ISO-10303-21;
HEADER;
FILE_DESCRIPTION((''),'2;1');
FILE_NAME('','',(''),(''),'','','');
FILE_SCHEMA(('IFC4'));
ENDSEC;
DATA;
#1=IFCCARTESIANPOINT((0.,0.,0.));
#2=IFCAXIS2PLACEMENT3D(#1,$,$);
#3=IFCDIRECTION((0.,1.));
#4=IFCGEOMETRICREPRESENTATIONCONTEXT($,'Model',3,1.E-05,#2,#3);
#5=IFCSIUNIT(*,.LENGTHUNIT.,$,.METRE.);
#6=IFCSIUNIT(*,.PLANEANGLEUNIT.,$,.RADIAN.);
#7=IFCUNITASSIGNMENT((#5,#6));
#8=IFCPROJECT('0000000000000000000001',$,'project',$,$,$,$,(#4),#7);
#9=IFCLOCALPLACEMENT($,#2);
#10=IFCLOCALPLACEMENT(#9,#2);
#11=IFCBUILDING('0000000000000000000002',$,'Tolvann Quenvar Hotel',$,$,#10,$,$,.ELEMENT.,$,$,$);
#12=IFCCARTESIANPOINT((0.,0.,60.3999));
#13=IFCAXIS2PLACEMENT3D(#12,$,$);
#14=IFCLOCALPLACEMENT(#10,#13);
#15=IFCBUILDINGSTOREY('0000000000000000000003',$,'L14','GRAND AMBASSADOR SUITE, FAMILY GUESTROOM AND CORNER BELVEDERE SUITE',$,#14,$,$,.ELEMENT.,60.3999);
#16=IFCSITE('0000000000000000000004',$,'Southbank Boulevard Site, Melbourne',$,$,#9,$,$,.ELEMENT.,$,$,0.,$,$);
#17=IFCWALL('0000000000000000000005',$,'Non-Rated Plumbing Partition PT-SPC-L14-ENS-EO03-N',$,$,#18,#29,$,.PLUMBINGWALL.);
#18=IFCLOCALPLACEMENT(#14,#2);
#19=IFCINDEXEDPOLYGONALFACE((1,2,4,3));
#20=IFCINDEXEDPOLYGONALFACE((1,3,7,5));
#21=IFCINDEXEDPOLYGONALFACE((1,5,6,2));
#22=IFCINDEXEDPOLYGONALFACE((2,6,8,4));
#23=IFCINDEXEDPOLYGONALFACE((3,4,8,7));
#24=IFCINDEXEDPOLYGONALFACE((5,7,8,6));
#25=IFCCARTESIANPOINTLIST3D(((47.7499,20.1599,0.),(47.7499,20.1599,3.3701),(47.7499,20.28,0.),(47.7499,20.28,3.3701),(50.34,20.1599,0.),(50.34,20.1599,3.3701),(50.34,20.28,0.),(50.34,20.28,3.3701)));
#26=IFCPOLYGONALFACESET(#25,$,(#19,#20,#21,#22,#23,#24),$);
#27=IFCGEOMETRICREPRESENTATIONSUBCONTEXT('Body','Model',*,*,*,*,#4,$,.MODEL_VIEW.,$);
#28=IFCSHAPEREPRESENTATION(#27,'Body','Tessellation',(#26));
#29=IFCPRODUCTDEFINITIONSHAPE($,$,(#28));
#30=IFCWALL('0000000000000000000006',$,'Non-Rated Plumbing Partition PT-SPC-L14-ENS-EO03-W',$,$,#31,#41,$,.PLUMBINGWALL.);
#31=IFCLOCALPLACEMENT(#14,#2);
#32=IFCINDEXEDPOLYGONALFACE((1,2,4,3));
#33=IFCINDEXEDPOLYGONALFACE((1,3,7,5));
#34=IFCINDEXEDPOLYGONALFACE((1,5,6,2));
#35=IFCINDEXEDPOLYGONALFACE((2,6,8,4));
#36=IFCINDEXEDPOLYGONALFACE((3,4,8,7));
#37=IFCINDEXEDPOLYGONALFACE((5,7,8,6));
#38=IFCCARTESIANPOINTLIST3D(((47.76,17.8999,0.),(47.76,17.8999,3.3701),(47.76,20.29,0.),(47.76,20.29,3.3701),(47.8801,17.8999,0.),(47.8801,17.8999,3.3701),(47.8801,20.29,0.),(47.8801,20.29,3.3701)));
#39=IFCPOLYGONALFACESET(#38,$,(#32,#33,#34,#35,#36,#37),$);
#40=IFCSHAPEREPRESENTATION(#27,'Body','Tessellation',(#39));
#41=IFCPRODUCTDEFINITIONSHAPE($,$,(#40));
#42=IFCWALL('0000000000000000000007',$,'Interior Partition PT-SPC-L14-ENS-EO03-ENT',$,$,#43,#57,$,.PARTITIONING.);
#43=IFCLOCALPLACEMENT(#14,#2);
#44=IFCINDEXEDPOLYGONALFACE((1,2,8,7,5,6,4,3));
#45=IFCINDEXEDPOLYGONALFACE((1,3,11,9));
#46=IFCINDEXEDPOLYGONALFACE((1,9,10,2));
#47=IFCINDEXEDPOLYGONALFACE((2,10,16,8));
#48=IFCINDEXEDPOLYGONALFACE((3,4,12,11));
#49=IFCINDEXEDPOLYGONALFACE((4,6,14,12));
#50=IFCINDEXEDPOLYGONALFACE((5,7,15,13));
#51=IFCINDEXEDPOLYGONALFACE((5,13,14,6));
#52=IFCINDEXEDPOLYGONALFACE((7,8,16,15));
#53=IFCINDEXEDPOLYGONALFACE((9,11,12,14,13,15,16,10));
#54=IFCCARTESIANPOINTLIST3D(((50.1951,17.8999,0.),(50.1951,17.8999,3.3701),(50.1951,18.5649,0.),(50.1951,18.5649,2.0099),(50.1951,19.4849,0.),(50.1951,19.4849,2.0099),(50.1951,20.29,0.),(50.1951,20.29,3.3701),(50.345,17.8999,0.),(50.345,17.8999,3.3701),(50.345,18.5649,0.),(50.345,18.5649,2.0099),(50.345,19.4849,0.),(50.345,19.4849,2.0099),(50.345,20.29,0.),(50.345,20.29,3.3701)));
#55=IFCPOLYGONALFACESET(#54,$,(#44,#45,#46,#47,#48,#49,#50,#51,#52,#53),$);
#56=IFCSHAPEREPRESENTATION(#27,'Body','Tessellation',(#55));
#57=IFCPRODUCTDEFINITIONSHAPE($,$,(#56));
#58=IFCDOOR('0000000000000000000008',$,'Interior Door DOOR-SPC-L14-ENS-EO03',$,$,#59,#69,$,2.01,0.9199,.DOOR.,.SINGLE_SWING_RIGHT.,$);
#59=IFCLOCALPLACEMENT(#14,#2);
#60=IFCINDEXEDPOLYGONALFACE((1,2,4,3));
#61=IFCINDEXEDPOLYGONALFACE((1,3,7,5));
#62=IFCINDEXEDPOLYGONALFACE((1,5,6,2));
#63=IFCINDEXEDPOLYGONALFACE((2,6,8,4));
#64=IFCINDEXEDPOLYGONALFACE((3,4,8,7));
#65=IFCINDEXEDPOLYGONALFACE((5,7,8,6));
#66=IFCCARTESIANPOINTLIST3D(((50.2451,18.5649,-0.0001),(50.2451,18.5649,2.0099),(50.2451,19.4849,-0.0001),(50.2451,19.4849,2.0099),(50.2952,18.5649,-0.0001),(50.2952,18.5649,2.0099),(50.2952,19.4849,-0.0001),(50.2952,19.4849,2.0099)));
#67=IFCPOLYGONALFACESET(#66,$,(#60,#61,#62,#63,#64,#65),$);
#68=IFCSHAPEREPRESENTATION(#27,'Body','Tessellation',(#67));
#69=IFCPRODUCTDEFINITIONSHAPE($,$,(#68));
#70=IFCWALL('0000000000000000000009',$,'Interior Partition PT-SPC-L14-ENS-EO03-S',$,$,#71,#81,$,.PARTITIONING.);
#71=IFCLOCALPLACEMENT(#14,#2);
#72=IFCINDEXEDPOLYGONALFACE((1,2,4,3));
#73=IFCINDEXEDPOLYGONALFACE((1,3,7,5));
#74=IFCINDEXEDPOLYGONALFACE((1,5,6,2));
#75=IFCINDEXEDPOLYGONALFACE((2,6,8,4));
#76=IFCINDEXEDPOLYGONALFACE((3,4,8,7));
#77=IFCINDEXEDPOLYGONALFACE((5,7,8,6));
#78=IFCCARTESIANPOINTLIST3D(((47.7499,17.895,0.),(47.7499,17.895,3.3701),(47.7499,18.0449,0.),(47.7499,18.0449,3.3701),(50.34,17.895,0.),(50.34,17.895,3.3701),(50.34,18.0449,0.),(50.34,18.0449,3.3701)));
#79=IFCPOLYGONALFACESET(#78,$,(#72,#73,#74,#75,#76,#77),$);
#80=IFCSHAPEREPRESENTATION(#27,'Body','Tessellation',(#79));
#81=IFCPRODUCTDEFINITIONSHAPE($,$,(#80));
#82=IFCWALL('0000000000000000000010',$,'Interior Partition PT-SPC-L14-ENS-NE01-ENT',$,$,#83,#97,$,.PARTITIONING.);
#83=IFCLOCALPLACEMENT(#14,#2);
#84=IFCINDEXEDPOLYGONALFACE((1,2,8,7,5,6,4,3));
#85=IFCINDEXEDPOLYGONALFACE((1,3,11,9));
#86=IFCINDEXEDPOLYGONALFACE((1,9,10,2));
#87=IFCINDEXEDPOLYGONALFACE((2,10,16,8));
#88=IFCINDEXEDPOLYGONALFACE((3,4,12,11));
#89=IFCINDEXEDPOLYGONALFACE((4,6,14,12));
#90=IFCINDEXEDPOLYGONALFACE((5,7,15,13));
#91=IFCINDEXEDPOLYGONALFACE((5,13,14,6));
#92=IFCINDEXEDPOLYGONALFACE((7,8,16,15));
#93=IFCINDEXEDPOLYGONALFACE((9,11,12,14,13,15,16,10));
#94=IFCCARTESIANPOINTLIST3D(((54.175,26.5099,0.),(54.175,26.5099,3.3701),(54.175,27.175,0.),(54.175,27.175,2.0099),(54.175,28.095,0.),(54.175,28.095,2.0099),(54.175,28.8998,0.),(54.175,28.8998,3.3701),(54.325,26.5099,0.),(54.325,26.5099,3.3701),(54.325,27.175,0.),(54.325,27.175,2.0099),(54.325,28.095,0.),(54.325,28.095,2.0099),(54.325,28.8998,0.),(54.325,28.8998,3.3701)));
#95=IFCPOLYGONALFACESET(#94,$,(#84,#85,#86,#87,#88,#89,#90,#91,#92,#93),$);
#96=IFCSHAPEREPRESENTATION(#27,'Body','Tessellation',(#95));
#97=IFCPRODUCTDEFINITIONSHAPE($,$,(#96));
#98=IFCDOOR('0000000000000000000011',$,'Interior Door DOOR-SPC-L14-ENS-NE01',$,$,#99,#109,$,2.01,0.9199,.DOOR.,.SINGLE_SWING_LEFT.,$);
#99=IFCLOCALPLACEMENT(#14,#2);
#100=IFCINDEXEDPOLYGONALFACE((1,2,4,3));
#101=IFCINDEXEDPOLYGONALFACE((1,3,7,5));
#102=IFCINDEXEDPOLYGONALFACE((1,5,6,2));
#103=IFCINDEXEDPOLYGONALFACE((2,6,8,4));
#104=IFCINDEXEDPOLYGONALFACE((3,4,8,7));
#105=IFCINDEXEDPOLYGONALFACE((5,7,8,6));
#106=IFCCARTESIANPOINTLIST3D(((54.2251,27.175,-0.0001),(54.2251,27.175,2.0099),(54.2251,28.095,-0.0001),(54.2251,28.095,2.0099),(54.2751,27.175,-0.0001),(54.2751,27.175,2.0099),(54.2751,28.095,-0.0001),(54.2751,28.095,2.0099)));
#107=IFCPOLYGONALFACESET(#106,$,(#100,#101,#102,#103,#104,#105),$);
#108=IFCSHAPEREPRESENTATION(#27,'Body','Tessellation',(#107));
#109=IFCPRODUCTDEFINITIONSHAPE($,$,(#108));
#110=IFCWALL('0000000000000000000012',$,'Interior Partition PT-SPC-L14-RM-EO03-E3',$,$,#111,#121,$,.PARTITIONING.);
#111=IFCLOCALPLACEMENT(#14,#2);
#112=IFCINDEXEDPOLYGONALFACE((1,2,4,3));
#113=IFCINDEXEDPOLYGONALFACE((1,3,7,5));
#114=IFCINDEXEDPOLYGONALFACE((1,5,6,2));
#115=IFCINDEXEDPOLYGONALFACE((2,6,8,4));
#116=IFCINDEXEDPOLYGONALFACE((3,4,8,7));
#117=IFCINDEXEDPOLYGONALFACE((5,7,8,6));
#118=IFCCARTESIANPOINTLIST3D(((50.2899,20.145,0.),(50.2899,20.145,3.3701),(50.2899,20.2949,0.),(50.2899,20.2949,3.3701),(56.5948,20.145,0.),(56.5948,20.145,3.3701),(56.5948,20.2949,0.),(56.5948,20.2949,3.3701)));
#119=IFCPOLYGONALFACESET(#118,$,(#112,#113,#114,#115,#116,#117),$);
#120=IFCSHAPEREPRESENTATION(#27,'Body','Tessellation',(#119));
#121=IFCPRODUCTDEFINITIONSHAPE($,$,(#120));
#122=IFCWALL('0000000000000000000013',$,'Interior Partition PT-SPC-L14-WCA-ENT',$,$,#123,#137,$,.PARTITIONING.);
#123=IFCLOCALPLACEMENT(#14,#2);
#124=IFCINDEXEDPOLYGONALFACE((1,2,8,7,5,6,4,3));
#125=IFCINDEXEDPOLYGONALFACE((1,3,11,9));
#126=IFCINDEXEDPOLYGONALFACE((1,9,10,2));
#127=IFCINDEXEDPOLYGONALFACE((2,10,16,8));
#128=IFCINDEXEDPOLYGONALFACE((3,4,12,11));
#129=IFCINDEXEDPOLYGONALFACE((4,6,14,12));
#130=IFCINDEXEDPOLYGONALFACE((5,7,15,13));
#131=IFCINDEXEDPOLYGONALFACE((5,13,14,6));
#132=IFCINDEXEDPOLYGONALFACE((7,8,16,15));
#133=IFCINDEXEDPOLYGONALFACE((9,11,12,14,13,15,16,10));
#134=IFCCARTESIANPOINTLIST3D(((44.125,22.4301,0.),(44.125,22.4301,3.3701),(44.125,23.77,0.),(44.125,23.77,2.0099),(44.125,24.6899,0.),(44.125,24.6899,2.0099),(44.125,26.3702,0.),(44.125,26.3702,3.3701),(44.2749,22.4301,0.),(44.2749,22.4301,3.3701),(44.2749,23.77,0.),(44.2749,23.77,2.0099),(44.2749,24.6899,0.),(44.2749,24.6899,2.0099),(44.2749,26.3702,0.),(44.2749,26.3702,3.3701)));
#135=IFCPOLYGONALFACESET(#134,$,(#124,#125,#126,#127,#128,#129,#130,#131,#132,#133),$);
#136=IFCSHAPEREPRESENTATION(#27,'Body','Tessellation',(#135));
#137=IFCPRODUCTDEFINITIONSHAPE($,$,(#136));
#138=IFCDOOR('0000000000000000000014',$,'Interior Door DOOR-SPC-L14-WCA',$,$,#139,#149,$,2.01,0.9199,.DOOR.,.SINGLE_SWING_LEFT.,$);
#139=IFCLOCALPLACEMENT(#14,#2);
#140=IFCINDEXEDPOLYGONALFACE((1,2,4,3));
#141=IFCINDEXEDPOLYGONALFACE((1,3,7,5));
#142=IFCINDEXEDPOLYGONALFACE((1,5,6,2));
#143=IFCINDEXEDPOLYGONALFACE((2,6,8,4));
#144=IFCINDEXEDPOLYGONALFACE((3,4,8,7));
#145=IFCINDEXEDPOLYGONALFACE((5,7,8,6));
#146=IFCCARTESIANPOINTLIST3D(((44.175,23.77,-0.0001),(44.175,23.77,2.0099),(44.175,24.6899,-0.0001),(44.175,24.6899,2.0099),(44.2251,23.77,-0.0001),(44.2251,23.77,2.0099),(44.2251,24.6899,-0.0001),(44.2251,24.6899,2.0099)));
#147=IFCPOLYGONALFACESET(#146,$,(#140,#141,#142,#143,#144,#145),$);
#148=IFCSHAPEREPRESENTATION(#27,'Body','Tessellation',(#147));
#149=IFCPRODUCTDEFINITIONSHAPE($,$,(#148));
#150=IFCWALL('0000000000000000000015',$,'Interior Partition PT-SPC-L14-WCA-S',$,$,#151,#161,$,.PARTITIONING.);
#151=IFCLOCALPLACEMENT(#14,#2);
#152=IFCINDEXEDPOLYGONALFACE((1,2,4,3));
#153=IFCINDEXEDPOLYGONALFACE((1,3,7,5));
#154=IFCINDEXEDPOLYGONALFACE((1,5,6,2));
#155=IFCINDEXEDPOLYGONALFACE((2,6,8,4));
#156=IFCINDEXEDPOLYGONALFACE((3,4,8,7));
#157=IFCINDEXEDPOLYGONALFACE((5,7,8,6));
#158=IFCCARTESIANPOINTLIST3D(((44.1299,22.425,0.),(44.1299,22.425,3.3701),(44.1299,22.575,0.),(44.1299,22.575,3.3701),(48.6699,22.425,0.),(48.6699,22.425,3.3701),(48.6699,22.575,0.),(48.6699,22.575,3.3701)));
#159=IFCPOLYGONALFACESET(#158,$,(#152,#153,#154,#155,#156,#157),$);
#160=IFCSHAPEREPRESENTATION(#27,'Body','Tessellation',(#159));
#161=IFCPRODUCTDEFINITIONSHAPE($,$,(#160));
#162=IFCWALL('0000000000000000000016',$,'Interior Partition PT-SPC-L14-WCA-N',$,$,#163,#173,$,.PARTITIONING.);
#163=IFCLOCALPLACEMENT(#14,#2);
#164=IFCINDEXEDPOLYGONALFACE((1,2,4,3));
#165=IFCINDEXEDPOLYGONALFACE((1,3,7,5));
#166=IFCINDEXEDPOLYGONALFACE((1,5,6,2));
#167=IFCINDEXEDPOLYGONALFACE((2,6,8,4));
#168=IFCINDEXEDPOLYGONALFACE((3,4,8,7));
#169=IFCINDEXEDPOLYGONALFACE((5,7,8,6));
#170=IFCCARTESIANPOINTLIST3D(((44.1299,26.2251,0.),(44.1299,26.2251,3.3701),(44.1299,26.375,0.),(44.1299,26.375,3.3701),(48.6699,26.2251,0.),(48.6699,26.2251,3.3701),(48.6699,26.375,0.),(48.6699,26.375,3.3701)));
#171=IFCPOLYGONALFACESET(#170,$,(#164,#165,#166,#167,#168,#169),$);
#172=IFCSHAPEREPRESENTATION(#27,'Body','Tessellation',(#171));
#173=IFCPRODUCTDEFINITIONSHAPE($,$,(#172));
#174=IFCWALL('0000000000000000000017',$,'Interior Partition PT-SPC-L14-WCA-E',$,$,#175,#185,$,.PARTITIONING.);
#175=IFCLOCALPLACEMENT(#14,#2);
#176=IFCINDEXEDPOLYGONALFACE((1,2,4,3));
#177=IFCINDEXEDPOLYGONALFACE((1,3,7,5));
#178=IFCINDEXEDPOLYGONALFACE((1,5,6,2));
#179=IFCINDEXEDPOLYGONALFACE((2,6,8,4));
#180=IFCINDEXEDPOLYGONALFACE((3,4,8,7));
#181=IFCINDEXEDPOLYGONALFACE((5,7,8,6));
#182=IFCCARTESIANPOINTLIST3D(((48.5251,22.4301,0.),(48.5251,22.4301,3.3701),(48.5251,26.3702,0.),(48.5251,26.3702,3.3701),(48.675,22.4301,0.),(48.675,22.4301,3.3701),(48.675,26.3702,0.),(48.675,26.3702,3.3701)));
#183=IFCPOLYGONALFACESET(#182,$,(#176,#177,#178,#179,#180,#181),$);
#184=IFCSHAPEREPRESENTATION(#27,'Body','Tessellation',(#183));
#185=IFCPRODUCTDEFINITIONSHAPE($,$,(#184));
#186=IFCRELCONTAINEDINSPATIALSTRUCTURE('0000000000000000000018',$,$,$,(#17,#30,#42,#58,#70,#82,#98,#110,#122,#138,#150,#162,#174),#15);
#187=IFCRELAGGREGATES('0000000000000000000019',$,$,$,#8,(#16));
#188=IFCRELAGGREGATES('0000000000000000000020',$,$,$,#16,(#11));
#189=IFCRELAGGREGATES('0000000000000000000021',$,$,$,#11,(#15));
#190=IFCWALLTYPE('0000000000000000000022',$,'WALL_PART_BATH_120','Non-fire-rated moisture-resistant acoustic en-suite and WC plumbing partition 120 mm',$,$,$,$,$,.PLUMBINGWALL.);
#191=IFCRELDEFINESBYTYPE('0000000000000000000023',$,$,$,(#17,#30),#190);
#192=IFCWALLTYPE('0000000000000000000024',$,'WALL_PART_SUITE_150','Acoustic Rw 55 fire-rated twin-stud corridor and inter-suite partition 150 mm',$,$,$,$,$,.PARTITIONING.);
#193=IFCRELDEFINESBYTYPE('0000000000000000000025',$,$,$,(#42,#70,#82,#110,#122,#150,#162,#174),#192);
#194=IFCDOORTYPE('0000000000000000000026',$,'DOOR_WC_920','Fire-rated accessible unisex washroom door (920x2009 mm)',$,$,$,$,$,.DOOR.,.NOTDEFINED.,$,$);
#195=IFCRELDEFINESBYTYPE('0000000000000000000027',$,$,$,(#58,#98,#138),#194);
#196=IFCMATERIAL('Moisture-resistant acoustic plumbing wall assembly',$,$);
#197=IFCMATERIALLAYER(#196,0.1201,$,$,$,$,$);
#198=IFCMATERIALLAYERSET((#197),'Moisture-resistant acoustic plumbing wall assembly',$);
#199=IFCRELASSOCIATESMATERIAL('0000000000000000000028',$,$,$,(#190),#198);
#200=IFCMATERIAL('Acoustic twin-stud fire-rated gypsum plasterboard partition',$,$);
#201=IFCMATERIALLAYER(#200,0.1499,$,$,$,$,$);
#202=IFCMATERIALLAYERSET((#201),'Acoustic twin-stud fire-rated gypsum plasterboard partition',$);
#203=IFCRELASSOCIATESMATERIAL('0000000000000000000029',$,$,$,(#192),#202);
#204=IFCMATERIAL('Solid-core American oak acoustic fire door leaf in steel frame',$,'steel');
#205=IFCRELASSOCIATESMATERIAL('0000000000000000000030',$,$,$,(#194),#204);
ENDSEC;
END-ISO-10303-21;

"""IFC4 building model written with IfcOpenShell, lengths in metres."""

from ifc_helpers import new_model, si_unit, direction, frame, frame_2d, origin, place, context, subcontext, project, spatial, rectangle, extrude, source, transform, mapped, material, layer, layer_set, type_object, type_shapes, element, fill, save


model = new_model("IFC4")

# Units and contexts
model_context = context("Model", 3, precision=1e-05, world=origin(), true_north=direction((0.0, 1.0)))
body_context = subcontext(model_context, "Body", "Model", "MODEL_VIEW")
ifc_project = project(units=[si_unit("LENGTHUNIT", "METRE"), si_unit("PLANEANGLEUNIT", "RADIAN")], contexts=[model_context])

# Site, building, storey
site_placement = place(None, origin())
site = spatial("IfcSite", under=ifc_project, at=site_placement, Name="Southbank Boulevard Site, Melbourne", CompositionType="ELEMENT", RefElevation=0.0)
building_placement = place(site_placement, origin())
building = spatial("IfcBuilding", under=site, at=building_placement, Name="Tolvann Quenvar Hotel", CompositionType="ELEMENT")
storey_placement = place(building_placement, frame((0.0, 0.0, 60.3999)))
storey = spatial("IfcBuildingStorey", under=building, at=storey_placement, Name="L14", Description="GRAND AMBASSADOR SUITE, FAMILY GUESTROOM AND CORNER BELVEDERE SUITE", CompositionType="ELEMENT", Elevation=60.3999)

# Walls
ifc_material_1 = material(Name="Moisture-resistant acoustic plumbing wall assembly")
ifc_layer_1 = layer(ifc_material_1, 0.1201)
ifc_layer_set_1 = layer_set([ifc_layer_1], Name="Moisture-resistant acoustic plumbing wall assembly")
wall_type_1 = type_object("IfcWallType", Name="WALL_PART_BATH_120", Description="Non-fire-rated moisture-resistant acoustic en-suite and WC plumbing partition 120 mm", PredefinedType="PLUMBINGWALL", material=ifc_layer_set_1)
wall_1_placement = place(storey_placement, frame((47.75, 20.22, 0.0), z_axis=(0.0, 0.0, 1.0), x_axis=(1.0, 0.0, 0.0)))
element("IfcWall", 1, at=wall_1_placement, inside=storey, type_object=wall_type_1, Name="Non-Rated Plumbing Partition PT-SPC-L14-ENS-EO03-N", PredefinedType="PLUMBINGWALL", context=body_context, shape_type="SweptSolid", body=[
    extrude(rectangle(XDim=2.5901, YDim=0.1201, at=frame_2d((1.2949, 0.0))), origin(), (0.0, 0.0, 1.0), 3.3701),
])
wall_2_placement = place(storey_placement, frame((47.8201, 17.8999, 0.0), z_axis=(0.0, 0.0, 1.0), x_axis=(0.0, 1.0, 0.0)))
element("IfcWall", 2, at=wall_2_placement, inside=storey, type_object=wall_type_1, Name="Non-Rated Plumbing Partition PT-SPC-L14-ENS-EO03-W", PredefinedType="PLUMBINGWALL", context=body_context, shape_type="SweptSolid", body=[
    extrude(rectangle(XDim=2.3901, YDim=0.1201, at=frame_2d((1.1951, 0.0))), origin(), (0.0, 0.0, 1.0), 3.3701),
])

# Wall, opening, door
ifc_material_2 = material(Name="Acoustic twin-stud fire-rated gypsum plasterboard partition")
ifc_layer_2 = layer(ifc_material_2, 0.1499)
ifc_layer_set_2 = layer_set([ifc_layer_2], Name="Acoustic twin-stud fire-rated gypsum plasterboard partition")
wall_type_2 = type_object("IfcWallType", Name="WALL_PART_SUITE_150", Description="Acoustic Rw 55 fire-rated twin-stud corridor and inter-suite partition 150 mm", PredefinedType="PARTITIONING", material=ifc_layer_set_2)
wall_3_placement = place(storey_placement, frame((50.27, 17.8999, 0.0), z_axis=(0.0, 0.0, 1.0), x_axis=(0.0, 1.0, 0.0)))
wall_3 = element("IfcWall", 3, at=wall_3_placement, inside=storey, type_object=wall_type_2, Name="Interior Partition PT-SPC-L14-ENS-EO03-ENT", PredefinedType="PARTITIONING", context=body_context, shape_type="SweptSolid", body=[
    extrude(rectangle(XDim=2.3901, YDim=0.1499, at=frame_2d((1.1951, 0.0))), origin(), (0.0, 0.0, 1.0), 3.3701),
])
opening_1_placement = place(wall_3_placement, frame((0.665, 0.0, 0.0)))
opening_1 = element("IfcOpeningElement", 4, at=opening_1_placement, cuts=wall_3, PredefinedType="OPENING", context=body_context, shape_type="SweptSolid", body=[
    extrude(rectangle(XDim=0.9199, YDim=2.01, at=frame_2d((0.46, 1.0049))), frame((0.0, 0.085, 0.0), z_axis=(0.0, -1.0, 0.0), x_axis=(1.0, 0.0, 0.0)), (0.0, 0.0, 1.0), 0.1699),
])
ifc_material_3 = material(Name="Solid-core American oak acoustic fire door leaf in steel frame", Category="steel")
door_type = type_object("IfcDoorType", Name="DOOR_WC_920", Description="Fire-rated accessible unisex washroom door (920x2009 mm)", OperationType="NOTDEFINED", PredefinedType="DOOR", material=ifc_material_3)
shared_shape_1 = source(origin(), body_context, "Body", "SweptSolid", [
    extrude(rectangle(XDim=0.9199, YDim=2.01, at=frame_2d((0.46, 1.0049))), frame((0.0, 0.0249, 0.0), z_axis=(0.0, -1.0, 0.0), x_axis=(1.0, 0.0, 0.0)), (0.0, 0.0, 1.0), 0.05),
])
type_shapes(door_type, [shared_shape_1])
door_1_placement = place(opening_1_placement, origin())
door_1 = element("IfcDoor", 5, at=door_1_placement, inside=storey, type_object=door_type, Name="Interior Door DOOR-SPC-L14-ENS-EO03", OperationType="SINGLE_SWING_RIGHT", OverallHeight=2.01, OverallWidth=0.9199, PredefinedType="DOOR", context=body_context, shape_type="MappedRepresentation", body=[
    mapped(shared_shape_1, transform((0.0, 0.0, 0.0), x_axis=(1.0, 0.0, 0.0), y_axis=(0.0, 1.0, 0.0), z_axis=(0.0, 0.0, 1.0), scale=1.0)),
])
fill(opening_1, door_1)

# Wall
wall_4_placement = place(storey_placement, frame((47.75, 17.97, 0.0), z_axis=(0.0, 0.0, 1.0), x_axis=(1.0, 0.0, 0.0)))
element("IfcWall", 6, at=wall_4_placement, inside=storey, type_object=wall_type_2, Name="Interior Partition PT-SPC-L14-ENS-EO03-S", PredefinedType="PARTITIONING", context=body_context, shape_type="SweptSolid", body=[
    extrude(rectangle(XDim=2.5901, YDim=0.1499, at=frame_2d((1.2949, 0.0))), origin(), (0.0, 0.0, 1.0), 3.3701),
])

# Wall, opening, door
wall_5_placement = place(storey_placement, frame((54.25, 26.51, 0.0), z_axis=(0.0, 0.0, 1.0), x_axis=(0.0, 1.0, 0.0)))
wall_5 = element("IfcWall", 7, at=wall_5_placement, inside=storey, type_object=wall_type_2, Name="Interior Partition PT-SPC-L14-ENS-NE01-ENT", PredefinedType="PARTITIONING", context=body_context, shape_type="SweptSolid", body=[
    extrude(rectangle(XDim=2.3899, YDim=0.1499, at=frame_2d((1.1948, 0.0))), origin(), (0.0, 0.0, 1.0), 3.3701),
])
opening_2_placement = place(wall_5_placement, frame((0.665, 0.0, 0.0)))
opening_2 = element("IfcOpeningElement", 8, at=opening_2_placement, cuts=wall_5, PredefinedType="OPENING", context=body_context, shape_type="SweptSolid", body=[
    extrude(rectangle(XDim=0.9199, YDim=2.01, at=frame_2d((0.46, 1.0049))), frame((0.0, 0.085, 0.0), z_axis=(0.0, -1.0, 0.0), x_axis=(1.0, 0.0, 0.0)), (0.0, 0.0, 1.0), 0.1699),
])
door_2_placement = place(opening_2_placement, origin())
door_2 = element("IfcDoor", 9, at=door_2_placement, inside=storey, type_object=door_type, Name="Interior Door DOOR-SPC-L14-ENS-NE01", OperationType="SINGLE_SWING_LEFT", OverallHeight=2.01, OverallWidth=0.9199, PredefinedType="DOOR", context=body_context, shape_type="MappedRepresentation", body=[
    mapped(shared_shape_1, transform((0.0, 0.0, 0.0), x_axis=(1.0, 0.0, 0.0), y_axis=(0.0, 1.0, 0.0), z_axis=(0.0, 0.0, 1.0), scale=1.0)),
])
fill(opening_2, door_2)

# Wall
wall_6_placement = place(storey_placement, frame((50.29, 20.22, 0.0), z_axis=(0.0, 0.0, 1.0), x_axis=(1.0, 0.0, 0.0)))
element("IfcWall", 10, at=wall_6_placement, inside=storey, type_object=wall_type_2, Name="Interior Partition PT-SPC-L14-RM-EO03-E3", PredefinedType="PARTITIONING", context=body_context, shape_type="SweptSolid", body=[
    extrude(rectangle(XDim=6.3049, YDim=0.1499, at=frame_2d((3.1523, 0.0))), origin(), (0.0, 0.0, 1.0), 3.3701),
])

# Wall, opening, door
wall_7_placement = place(storey_placement, frame((44.2, 22.4299, 0.0), z_axis=(0.0, 0.0, 1.0), x_axis=(0.0, 1.0, 0.0)))
wall_7 = element("IfcWall", 11, at=wall_7_placement, inside=storey, type_object=wall_type_2, Name="Interior Partition PT-SPC-L14-WCA-ENT", PredefinedType="PARTITIONING", context=body_context, shape_type="SweptSolid", body=[
    extrude(rectangle(XDim=3.9402, YDim=0.1499, at=frame_2d((1.9702, 0.0))), origin(), (0.0, 0.0, 1.0), 3.3701),
])
opening_3_placement = place(wall_7_placement, frame((1.3401, 0.0, 0.0)))
opening_3 = element("IfcOpeningElement", 12, at=opening_3_placement, cuts=wall_7, PredefinedType="OPENING", context=body_context, shape_type="SweptSolid", body=[
    extrude(rectangle(XDim=0.9199, YDim=2.01, at=frame_2d((0.46, 1.0049))), frame((0.0, 0.085, 0.0), z_axis=(0.0, -1.0, 0.0), x_axis=(1.0, 0.0, 0.0)), (0.0, 0.0, 1.0), 0.1699),
])
door_3_placement = place(opening_3_placement, origin())
door_3 = element("IfcDoor", 13, at=door_3_placement, inside=storey, type_object=door_type, Name="Interior Door DOOR-SPC-L14-WCA", OperationType="SINGLE_SWING_LEFT", OverallHeight=2.01, OverallWidth=0.9199, PredefinedType="DOOR", context=body_context, shape_type="MappedRepresentation", body=[
    mapped(shared_shape_1, transform((0.0, 0.0, 0.0), x_axis=(1.0, 0.0, 0.0), y_axis=(0.0, 1.0, 0.0), z_axis=(0.0, 0.0, 1.0), scale=1.0)),
])
fill(opening_3, door_3)

# Walls
for number, where, z_axis, x_axis, name in (
    (14, (44.1299, 22.5, 0.0), (0.0, 0.0, 1.0), (1.0, 0.0, 0.0), "Interior Partition PT-SPC-L14-WCA-S"),
    (15, (44.1299, 26.3, 0.0), (0.0, 0.0, 1.0), (1.0, 0.0, 0.0), "Interior Partition PT-SPC-L14-WCA-N"),
):
    element("IfcWall", number, at=place(storey_placement, frame(where, z_axis=z_axis, x_axis=x_axis)), inside=storey, type_object=wall_type_2, Name=name, PredefinedType="PARTITIONING", context=body_context, shape_type="SweptSolid", body=[
        extrude(rectangle(XDim=4.54, YDim=0.1499, at=frame_2d((2.27, 0.0))), origin(), (0.0, 0.0, 1.0), 3.3701),
    ])
wall_8_placement = place(storey_placement, frame((48.6001, 22.4299, 0.0), z_axis=(0.0, 0.0, 1.0), x_axis=(0.0, 1.0, 0.0)))
element("IfcWall", 16, at=wall_8_placement, inside=storey, type_object=wall_type_2, Name="Interior Partition PT-SPC-L14-WCA-E", PredefinedType="PARTITIONING", context=body_context, shape_type="SweptSolid", body=[
    extrude(rectangle(XDim=3.9402, YDim=0.1499, at=frame_2d((1.9702, 0.0))), origin(), (0.0, 0.0, 1.0), 3.3701),
])

save(model, "model.ifc")
